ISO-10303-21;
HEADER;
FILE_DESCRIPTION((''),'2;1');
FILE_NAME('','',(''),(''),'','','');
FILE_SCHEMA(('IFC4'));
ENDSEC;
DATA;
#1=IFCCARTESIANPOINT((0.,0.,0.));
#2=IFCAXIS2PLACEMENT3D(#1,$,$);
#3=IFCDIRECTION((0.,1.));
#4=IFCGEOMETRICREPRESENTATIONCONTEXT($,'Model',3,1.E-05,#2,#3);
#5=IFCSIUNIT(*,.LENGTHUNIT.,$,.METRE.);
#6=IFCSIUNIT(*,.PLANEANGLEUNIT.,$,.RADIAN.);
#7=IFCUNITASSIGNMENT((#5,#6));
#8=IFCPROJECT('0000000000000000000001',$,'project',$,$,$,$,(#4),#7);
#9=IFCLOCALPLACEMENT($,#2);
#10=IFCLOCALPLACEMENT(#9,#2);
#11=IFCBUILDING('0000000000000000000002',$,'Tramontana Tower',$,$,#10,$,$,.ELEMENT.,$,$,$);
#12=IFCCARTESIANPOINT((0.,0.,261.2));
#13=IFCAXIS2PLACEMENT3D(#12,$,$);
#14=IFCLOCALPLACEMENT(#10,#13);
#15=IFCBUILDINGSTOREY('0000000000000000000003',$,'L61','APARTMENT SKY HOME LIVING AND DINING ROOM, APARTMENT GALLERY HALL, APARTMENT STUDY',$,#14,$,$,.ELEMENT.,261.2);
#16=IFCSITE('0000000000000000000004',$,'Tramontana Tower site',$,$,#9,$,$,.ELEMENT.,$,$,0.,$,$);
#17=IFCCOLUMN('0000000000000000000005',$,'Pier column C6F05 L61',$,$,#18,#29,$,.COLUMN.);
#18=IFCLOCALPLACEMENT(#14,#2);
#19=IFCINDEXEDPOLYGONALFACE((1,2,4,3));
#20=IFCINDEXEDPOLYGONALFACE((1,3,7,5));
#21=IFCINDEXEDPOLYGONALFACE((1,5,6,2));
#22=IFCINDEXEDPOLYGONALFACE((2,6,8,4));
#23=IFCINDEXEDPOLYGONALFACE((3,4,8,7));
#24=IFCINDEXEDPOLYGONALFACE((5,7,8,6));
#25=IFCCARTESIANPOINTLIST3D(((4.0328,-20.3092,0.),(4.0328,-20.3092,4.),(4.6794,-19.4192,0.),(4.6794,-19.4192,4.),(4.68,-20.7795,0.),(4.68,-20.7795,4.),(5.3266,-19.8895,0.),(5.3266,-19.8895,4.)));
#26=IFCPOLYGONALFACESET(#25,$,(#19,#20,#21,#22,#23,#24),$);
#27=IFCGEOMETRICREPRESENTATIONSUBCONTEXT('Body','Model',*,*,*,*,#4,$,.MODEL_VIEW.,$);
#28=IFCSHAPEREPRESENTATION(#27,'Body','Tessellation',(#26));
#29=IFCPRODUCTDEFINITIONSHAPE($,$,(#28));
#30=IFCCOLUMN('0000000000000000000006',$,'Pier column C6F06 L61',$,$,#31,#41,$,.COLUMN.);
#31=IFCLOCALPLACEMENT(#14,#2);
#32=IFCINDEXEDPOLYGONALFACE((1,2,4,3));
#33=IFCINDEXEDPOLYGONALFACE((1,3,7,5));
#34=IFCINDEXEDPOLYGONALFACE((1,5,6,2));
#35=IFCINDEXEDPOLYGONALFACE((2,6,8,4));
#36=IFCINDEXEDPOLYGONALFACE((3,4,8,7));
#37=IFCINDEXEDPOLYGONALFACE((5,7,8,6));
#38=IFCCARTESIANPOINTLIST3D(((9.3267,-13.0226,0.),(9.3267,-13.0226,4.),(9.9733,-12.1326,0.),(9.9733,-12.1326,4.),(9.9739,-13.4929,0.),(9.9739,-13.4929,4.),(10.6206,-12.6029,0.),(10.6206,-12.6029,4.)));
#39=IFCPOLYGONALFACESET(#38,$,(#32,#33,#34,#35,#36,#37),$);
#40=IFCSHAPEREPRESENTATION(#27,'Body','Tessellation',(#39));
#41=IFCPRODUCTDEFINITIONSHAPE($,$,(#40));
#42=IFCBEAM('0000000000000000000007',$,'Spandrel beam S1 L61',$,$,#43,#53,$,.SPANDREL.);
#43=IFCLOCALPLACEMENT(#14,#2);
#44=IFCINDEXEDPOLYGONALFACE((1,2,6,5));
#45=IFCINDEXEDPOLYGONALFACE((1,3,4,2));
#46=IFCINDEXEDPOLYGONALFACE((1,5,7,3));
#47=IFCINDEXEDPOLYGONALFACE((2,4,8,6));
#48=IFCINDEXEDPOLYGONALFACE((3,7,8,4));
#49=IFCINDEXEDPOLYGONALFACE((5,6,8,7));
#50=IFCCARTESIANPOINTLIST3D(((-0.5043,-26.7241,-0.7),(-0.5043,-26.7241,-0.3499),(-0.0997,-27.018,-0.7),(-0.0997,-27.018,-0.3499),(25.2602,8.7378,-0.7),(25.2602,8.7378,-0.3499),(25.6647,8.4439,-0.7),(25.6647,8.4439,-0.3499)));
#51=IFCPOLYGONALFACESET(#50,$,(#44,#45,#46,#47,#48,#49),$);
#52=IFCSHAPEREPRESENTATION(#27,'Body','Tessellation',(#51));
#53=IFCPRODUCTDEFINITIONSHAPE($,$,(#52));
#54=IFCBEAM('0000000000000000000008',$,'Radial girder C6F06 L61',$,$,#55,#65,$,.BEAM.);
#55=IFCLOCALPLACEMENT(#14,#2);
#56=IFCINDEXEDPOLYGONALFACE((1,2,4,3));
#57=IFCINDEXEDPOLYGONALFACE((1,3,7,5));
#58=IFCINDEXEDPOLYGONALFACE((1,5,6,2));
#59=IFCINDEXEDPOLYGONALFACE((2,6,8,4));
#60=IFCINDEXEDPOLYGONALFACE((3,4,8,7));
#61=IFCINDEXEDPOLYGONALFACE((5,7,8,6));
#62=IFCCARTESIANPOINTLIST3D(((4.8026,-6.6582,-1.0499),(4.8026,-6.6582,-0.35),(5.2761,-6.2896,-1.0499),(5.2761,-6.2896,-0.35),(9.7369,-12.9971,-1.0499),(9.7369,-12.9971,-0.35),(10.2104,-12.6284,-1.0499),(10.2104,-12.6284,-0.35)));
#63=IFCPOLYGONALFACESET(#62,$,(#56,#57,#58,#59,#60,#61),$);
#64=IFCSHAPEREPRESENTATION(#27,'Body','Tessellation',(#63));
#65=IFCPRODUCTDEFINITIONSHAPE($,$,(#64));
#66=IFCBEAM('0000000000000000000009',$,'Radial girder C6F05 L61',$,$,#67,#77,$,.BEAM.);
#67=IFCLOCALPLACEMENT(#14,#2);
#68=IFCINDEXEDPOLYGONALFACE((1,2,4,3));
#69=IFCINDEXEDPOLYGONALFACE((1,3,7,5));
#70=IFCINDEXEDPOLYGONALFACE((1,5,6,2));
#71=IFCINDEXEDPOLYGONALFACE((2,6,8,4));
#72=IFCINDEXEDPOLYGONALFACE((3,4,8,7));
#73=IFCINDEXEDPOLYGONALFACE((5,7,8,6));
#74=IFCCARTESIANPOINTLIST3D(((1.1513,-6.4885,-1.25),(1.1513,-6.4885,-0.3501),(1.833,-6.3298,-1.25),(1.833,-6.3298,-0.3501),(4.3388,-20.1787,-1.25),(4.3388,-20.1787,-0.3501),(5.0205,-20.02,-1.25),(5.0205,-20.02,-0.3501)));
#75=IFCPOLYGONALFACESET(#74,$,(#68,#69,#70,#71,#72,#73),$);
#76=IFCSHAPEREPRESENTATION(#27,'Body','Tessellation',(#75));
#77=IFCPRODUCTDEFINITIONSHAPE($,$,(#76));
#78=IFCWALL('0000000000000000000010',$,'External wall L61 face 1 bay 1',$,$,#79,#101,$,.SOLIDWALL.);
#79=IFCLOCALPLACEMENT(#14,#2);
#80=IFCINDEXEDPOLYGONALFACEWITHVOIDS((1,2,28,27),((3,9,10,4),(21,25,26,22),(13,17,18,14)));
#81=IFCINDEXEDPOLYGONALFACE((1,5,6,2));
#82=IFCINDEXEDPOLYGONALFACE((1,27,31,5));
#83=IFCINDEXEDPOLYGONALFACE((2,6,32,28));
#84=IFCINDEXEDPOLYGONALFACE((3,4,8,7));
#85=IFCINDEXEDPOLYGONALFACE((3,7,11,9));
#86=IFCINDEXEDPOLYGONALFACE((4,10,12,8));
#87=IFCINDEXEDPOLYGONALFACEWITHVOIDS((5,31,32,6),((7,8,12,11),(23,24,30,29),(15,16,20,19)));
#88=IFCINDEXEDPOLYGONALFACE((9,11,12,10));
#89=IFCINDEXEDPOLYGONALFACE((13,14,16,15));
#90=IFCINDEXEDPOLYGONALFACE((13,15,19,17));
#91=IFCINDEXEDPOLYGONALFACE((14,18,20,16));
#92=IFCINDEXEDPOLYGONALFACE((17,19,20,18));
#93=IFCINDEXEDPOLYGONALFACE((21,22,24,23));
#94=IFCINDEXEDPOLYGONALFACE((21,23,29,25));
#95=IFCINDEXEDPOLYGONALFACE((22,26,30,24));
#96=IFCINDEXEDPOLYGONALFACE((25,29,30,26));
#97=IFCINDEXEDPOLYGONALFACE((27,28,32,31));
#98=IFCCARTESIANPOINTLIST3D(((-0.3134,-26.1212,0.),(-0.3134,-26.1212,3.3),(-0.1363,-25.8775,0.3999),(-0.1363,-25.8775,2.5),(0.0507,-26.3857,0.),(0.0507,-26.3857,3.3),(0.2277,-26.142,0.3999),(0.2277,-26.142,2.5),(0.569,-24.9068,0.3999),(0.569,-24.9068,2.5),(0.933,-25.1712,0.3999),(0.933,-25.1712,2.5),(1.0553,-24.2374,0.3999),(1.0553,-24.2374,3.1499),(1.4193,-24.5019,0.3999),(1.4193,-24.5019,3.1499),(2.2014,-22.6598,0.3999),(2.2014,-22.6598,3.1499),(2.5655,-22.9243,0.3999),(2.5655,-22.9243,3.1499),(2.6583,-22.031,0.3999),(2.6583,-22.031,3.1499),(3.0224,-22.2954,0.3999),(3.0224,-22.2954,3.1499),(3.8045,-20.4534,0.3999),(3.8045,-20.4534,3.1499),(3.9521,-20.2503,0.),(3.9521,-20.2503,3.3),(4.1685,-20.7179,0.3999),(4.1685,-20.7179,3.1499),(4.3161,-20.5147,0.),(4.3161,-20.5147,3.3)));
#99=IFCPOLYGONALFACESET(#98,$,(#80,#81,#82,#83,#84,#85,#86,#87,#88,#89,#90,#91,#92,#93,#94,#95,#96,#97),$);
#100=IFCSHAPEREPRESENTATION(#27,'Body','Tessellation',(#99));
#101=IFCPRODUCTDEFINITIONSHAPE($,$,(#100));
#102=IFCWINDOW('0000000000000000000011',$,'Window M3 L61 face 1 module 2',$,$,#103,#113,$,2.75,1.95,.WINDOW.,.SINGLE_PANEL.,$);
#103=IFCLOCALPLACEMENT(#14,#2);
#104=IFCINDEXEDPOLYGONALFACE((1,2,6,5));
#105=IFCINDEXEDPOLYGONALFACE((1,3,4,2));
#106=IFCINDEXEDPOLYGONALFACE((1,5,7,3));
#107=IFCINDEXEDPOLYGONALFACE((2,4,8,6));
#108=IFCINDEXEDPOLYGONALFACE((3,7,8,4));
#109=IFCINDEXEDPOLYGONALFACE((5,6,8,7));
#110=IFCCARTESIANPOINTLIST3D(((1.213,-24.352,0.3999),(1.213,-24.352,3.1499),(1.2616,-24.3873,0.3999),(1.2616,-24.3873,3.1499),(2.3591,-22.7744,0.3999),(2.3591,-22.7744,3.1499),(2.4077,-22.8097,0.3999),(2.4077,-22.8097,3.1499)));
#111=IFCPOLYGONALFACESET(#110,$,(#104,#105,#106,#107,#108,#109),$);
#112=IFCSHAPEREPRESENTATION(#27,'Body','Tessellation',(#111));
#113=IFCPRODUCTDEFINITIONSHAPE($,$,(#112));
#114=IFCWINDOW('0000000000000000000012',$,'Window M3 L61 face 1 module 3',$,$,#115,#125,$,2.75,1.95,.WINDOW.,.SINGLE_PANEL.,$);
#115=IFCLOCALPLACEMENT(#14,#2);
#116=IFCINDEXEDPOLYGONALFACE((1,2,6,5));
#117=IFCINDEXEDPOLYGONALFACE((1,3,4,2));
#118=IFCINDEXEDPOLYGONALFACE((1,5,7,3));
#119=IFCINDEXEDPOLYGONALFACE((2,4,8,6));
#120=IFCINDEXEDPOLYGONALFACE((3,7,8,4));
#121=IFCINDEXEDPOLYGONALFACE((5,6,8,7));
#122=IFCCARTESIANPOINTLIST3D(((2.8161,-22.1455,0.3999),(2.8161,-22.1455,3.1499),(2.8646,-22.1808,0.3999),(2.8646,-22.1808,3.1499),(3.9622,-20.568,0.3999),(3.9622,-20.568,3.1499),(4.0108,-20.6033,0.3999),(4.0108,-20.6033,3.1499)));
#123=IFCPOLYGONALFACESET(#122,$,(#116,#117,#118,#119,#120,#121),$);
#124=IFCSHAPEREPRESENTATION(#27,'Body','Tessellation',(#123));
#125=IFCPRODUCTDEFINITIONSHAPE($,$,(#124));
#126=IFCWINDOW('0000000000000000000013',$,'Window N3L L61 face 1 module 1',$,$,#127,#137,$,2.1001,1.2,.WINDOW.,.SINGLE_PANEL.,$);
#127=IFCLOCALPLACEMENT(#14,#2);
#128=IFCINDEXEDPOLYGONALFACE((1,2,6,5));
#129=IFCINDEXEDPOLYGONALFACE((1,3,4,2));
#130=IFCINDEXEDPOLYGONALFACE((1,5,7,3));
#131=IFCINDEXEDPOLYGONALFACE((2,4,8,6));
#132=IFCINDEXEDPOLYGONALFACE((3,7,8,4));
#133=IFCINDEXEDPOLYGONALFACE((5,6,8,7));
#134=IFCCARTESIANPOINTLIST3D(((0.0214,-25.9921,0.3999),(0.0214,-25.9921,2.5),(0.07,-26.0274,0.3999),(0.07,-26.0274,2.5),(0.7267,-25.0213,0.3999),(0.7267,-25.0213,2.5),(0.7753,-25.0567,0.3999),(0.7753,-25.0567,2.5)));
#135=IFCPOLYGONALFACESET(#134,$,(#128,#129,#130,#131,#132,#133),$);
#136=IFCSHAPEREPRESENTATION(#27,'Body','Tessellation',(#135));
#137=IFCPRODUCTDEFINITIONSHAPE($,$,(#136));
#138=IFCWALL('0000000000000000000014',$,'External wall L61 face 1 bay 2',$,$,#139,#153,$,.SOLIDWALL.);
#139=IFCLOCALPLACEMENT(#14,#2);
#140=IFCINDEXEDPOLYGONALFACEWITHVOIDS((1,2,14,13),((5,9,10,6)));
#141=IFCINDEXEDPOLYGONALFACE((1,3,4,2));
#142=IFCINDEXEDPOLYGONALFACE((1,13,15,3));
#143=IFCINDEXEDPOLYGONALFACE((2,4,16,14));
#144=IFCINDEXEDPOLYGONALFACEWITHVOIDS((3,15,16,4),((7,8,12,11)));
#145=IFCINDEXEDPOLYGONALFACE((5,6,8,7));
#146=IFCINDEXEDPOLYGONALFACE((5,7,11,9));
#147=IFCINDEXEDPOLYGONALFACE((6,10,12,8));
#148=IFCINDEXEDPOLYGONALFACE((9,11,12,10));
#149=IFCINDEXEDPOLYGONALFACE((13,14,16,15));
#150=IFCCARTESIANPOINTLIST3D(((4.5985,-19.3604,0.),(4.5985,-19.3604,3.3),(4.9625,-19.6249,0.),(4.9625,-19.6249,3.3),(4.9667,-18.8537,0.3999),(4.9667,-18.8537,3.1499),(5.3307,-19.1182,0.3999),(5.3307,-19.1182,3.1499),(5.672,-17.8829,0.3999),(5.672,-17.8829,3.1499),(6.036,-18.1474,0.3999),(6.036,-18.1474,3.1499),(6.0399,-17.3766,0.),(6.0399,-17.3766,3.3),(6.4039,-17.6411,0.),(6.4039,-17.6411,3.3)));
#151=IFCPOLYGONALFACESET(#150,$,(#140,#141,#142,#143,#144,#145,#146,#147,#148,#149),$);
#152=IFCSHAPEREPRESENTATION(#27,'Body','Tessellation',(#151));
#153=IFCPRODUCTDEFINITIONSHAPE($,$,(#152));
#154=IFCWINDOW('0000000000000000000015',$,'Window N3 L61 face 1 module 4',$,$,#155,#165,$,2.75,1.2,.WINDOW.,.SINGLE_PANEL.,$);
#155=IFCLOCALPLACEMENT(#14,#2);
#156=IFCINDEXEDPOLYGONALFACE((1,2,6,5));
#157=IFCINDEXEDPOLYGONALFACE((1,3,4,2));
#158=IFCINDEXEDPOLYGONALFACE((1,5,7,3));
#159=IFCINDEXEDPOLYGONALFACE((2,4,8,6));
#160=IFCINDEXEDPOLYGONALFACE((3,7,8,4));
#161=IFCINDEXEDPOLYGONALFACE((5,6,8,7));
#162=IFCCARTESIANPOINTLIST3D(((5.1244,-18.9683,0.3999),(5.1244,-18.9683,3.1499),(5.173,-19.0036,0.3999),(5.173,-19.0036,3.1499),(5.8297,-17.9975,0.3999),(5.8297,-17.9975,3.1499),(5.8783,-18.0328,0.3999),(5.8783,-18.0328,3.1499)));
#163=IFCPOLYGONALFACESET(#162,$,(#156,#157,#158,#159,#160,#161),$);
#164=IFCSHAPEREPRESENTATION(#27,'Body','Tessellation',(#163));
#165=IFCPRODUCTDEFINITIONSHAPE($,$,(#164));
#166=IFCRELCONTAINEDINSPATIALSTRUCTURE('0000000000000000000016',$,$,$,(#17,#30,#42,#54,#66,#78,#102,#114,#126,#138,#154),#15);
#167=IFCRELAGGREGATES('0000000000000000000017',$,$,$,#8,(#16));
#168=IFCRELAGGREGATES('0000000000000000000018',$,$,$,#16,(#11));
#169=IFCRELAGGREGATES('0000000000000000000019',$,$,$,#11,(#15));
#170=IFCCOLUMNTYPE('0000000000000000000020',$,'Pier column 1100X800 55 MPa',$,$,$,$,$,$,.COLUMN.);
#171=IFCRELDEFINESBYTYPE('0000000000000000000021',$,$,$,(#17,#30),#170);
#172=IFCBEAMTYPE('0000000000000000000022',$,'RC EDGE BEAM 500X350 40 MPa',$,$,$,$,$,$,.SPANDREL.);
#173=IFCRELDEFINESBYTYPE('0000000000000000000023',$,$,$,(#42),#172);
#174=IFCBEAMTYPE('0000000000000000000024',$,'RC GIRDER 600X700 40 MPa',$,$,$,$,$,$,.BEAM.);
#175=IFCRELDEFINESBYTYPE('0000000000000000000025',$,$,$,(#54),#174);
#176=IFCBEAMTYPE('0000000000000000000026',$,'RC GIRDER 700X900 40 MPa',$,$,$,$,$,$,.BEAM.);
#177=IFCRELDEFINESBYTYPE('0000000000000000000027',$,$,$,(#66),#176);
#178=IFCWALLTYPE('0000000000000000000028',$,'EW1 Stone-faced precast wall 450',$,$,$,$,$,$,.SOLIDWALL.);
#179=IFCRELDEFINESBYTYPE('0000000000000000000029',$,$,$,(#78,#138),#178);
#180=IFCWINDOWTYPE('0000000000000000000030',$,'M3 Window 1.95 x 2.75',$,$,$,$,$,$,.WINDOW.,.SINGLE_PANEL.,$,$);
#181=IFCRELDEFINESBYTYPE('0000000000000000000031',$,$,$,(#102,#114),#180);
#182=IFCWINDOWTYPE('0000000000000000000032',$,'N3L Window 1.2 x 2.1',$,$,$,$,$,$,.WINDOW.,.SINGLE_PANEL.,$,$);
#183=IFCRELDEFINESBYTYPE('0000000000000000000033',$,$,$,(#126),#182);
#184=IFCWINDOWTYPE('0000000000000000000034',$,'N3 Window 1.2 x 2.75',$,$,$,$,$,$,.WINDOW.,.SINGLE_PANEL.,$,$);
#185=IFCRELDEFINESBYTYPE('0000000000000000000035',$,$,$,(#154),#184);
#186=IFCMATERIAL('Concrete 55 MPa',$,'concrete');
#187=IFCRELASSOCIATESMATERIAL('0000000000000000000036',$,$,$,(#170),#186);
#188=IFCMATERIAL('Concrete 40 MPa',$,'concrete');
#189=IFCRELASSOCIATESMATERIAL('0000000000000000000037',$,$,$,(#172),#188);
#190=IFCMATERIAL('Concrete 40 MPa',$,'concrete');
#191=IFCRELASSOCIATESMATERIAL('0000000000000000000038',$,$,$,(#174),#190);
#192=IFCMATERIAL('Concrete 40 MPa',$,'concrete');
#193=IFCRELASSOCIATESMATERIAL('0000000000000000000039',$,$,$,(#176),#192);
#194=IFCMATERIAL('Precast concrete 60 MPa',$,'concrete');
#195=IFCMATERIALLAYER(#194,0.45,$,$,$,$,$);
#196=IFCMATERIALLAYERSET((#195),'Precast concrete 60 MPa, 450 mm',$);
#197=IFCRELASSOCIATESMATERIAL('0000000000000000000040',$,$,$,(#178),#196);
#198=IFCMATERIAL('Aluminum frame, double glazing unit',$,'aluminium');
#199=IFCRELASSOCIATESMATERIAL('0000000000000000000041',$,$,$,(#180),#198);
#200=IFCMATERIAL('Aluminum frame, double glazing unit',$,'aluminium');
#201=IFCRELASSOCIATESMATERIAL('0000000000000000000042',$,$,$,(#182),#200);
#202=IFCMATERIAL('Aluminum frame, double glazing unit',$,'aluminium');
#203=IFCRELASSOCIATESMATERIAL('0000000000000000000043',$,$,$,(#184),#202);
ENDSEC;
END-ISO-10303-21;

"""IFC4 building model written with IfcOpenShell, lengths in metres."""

from ifc_helpers import new_model, si_unit, direction, frame, frame_2d, origin, origin_2d, place, context, subcontext, project, spatial, rectangle, extrude, material, layer, layer_set, material_profile, profile_set, type_object, element, fill, save


model = new_model("IFC4")

# Units and contexts
model_context = context("Model", 3, precision=1e-05, world=origin(), true_north=direction((0.0, 1.0)))
body_context = subcontext(model_context, "Body", "Model", "MODEL_VIEW")
ifc_project = project(units=[si_unit("LENGTHUNIT", "METRE"), si_unit("PLANEANGLEUNIT", "RADIAN")], contexts=[model_context])

# Site, building, storey
site_placement = place(None, origin())
site = spatial("IfcSite", under=ifc_project, at=site_placement, Name="Tramontana Tower site", CompositionType="ELEMENT", RefElevation=0.0)
building_placement = place(site_placement, origin())
building = spatial("IfcBuilding", under=site, at=building_placement, Name="Tramontana Tower", CompositionType="ELEMENT")
storey_placement = place(building_placement, frame((0.0, 0.0, 261.2)))
storey = spatial("IfcBuildingStorey", under=building, at=storey_placement, Name="L61", Description="APARTMENT SKY HOME LIVING AND DINING ROOM, APARTMENT GALLERY HALL, APARTMENT STUDY", CompositionType="ELEMENT", Elevation=261.2)

# Columns
ifc_material_1 = material(Name="Concrete 55 MPa", Category="concrete")
ifc_material_profile_1 = material_profile(ifc_material_1, rectangle(XDim=1.1001, YDim=0.8, at=origin_2d()), Name="Pier column 1100X800 55 MPa")
ifc_profile_set_1 = profile_set([ifc_material_profile_1], Name="Concrete 55 MPa")
column_type = type_object("IfcColumnType", Name="Pier column 1100X800 55 MPa", PredefinedType="COLUMN", material=ifc_profile_set_1)
for number, where, z_axis, x_axis, name in (
    (1, (4.6797, -20.0994, 0.0), (0.0, 0.0, 1.0), (0.587785, 0.809017, 0.0), "Pier column C6F05 L61"),
    (2, (9.9736, -12.8127, 0.0), (0.0, 0.0, 1.0), (0.587785, 0.809017, 0.0), "Pier column C6F06 L61"),
):
    element("IfcColumn", number, at=place(storey_placement, frame(where, z_axis=z_axis, x_axis=x_axis)), inside=storey, type_object=column_type, Name=name, PredefinedType="COLUMN", context=body_context, shape_type="SweptSolid", body=[
        extrude(rectangle(XDim=1.1001, YDim=0.8, at=origin_2d()), origin(), (0.0, 0.0, 1.0), 4.0),
    ])

# Beams
ifc_material_2 = material(Name="Concrete 40 MPa", Category="concrete")
ifc_material_profile_2 = material_profile(ifc_material_2, rectangle(XDim=0.5, YDim=0.3501, at=origin_2d()), Name="RC EDGE BEAM 500X350 40 MPa")
ifc_profile_set_2 = profile_set([ifc_material_profile_2], Name="Concrete 40 MPa")
beam_type_1 = type_object("IfcBeamType", Name="RC EDGE BEAM 500X350 40 MPa", PredefinedType="SPANDREL", material=ifc_profile_set_2)
beam_1_placement = place(storey_placement, frame((-0.302, -26.8711, -0.5249), z_axis=(0.587782, 0.809019, 0.0), x_axis=(-0.809019, 0.587782, 0.0)))
element("IfcBeam", 3, at=beam_1_placement, inside=storey, type_object=beam_type_1, Name="Spandrel beam S1 L61", PredefinedType="SPANDREL", context=body_context, shape_type="SweptSolid", body=[
    extrude(rectangle(XDim=0.5, YDim=0.3501, at=origin_2d()), origin(), (0.0, 0.0, 1.0), 43.8333),
])
ifc_material_3 = material(Name="Concrete 40 MPa", Category="concrete")
ifc_material_profile_3 = material_profile(ifc_material_3, rectangle(XDim=0.6001, YDim=0.7, at=origin_2d()), Name="RC GIRDER 600X700 40 MPa")
ifc_profile_set_3 = profile_set([ifc_material_profile_3], Name="Concrete 40 MPa")
beam_type_2 = type_object("IfcBeamType", Name="RC GIRDER 600X700 40 MPa", PredefinedType="BEAM", material=ifc_profile_set_3)
beam_2_placement = place(storey_placement, frame((9.9736, -12.8127, -0.7), z_axis=(-0.614258, 0.789105, 0.0), x_axis=(-0.789105, -0.614258, 0.0)))
element("IfcBeam", 4, at=beam_2_placement, inside=storey, type_object=beam_type_2, Name="Radial girder C6F06 L61", PredefinedType="BEAM", context=body_context, shape_type="SweptSolid", body=[
    extrude(rectangle(XDim=0.6001, YDim=0.7, at=origin_2d()), origin(), (0.0, 0.0, 1.0), 8.033),
])
ifc_material_4 = material(Name="Concrete 40 MPa", Category="concrete")
ifc_material_profile_4 = material_profile(ifc_material_4, rectangle(XDim=0.7, YDim=0.8999, at=origin_2d()), Name="RC GIRDER 700X900 40 MPa")
ifc_profile_set_4 = profile_set([ifc_material_profile_4], Name="Concrete 40 MPa")
beam_type_3 = type_object("IfcBeamType", Name="RC GIRDER 700X900 40 MPa", PredefinedType="BEAM", material=ifc_profile_set_4)
beam_3_placement = place(storey_placement, frame((4.6797, -20.0994, -0.8), z_axis=(-0.226766, 0.973949, 0.0), x_axis=(-0.973949, -0.226766, 0.0)))
element("IfcBeam", 5, at=beam_3_placement, inside=storey, type_object=beam_type_3, Name="Radial girder C6F05 L61", PredefinedType="BEAM", context=body_context, shape_type="SweptSolid", body=[
    extrude(rectangle(XDim=0.7, YDim=0.8999, at=origin_2d()), origin(), (0.0, 0.0, 1.0), 14.0564),
])

# Wall, openings, windows
ifc_material_5 = material(Name="Precast concrete 60 MPa", Category="concrete")
ifc_layer_1 = layer(ifc_material_5, 0.45)
ifc_layer_set_1 = layer_set([ifc_layer_1], Name="Precast concrete 60 MPa, 450 mm")
wall_type_1 = type_object("IfcWallType", Name="EW1 Stone-faced precast wall 450", PredefinedType="SOLIDWALL", material=ifc_layer_set_1)
wall_1_placement = place(storey_placement, frame((-0.1313, -26.2534, 0.0), z_axis=(0.0, 0.0, 1.0), x_axis=(0.587782, 0.80902, 0.0)))
wall_1 = element("IfcWall", 6, at=wall_1_placement, inside=storey, type_object=wall_type_1, Name="External wall L61 face 1 bay 1", PredefinedType="SOLIDWALL", context=body_context, shape_type="SweptSolid", body=[
    extrude(rectangle(XDim=7.2568, YDim=0.45, at=frame_2d((3.6284, 0.0))), origin(), (0.0, 0.0, 1.0), 3.3),
])
opening_1_placement = place(wall_1_placement, frame((0.301, 0.0, 0.3999)))
opening_1 = element("IfcOpeningElement", 7, at=opening_1_placement, cuts=wall_1, PredefinedType="OPENING", context=body_context, shape_type="SweptSolid", body=[
    extrude(rectangle(XDim=1.2, YDim=2.1001, at=frame_2d((0.6001, 1.05))), frame((0.0, 0.2349, 0.0), z_axis=(0.0, -1.0, 0.0), x_axis=(1.0, 0.0, 0.0)), (0.0, 0.0, 1.0), 0.47),
])
opening_2_placement = place(wall_1_placement, frame((2.3284, 0.0, 0.3999)))
opening_2 = element("IfcOpeningElement", 8, at=opening_2_placement, cuts=wall_1, PredefinedType="OPENING", context=body_context, shape_type="SweptSolid", body=[
    extrude(rectangle(XDim=1.95, YDim=2.75, at=frame_2d((0.9751, 1.375))), frame((0.0, 0.2349, 0.0), z_axis=(0.0, -1.0, 0.0), x_axis=(1.0, 0.0, 0.0)), (0.0, 0.0, 1.0), 0.47),
])
opening_3_placement = place(wall_1_placement, frame((5.0557, 0.0, 0.3999)))
opening_3 = element("IfcOpeningElement", 9, at=opening_3_placement, cuts=wall_1, PredefinedType="OPENING", context=body_context, shape_type="SweptSolid", body=[
    extrude(rectangle(XDim=1.95, YDim=2.75, at=frame_2d((0.9751, 1.375))), frame((0.0, 0.2349, 0.0), z_axis=(0.0, -1.0, 0.0), x_axis=(1.0, 0.0, 0.0)), (0.0, 0.0, 1.0), 0.47),
])
ifc_material_6 = material(Name="Aluminum frame, double glazing unit", Category="aluminium")
window_type_1 = type_object("IfcWindowType", Name="M3 Window 1.95 x 2.75", PartitioningType="SINGLE_PANEL", PredefinedType="WINDOW", material=ifc_material_6)
window_1_placement = place(opening_2_placement, origin())
window_1 = element("IfcWindow", 10, at=window_1_placement, inside=storey, type_object=window_type_1, Name="Window M3 L61 face 1 module 2", OverallHeight=2.75, OverallWidth=1.95, PartitioningType="SINGLE_PANEL", PredefinedType="WINDOW", context=body_context, shape_type="SweptSolid", body=[
    extrude(rectangle(XDim=1.95, YDim=2.75, at=frame_2d((0.9751, 1.375))), frame((0.0, 0.03, 0.0), z_axis=(0.0, -1.0, 0.0), x_axis=(1.0, 0.0, 0.0)), (0.0, 0.0, 1.0), 0.0601),
])
fill(opening_2, window_1)
window_2_placement = place(opening_3_placement, origin())
window_2 = element("IfcWindow", 11, at=window_2_placement, inside=storey, type_object=window_type_1, Name="Window M3 L61 face 1 module 3", OverallHeight=2.75, OverallWidth=1.95, PartitioningType="SINGLE_PANEL", PredefinedType="WINDOW", context=body_context, shape_type="SweptSolid", body=[
    extrude(rectangle(XDim=1.95, YDim=2.75, at=frame_2d((0.9751, 1.375))), frame((0.0, 0.03, 0.0), z_axis=(0.0, -1.0, 0.0), x_axis=(1.0, 0.0, 0.0)), (0.0, 0.0, 1.0), 0.0601),
])
fill(opening_3, window_2)
ifc_material_7 = material(Name="Aluminum frame, double glazing unit", Category="aluminium")
window_type_2 = type_object("IfcWindowType", Name="N3L Window 1.2 x 2.1", PartitioningType="SINGLE_PANEL", PredefinedType="WINDOW", material=ifc_material_7)
window_3_placement = place(opening_1_placement, origin())
window_3 = element("IfcWindow", 12, at=window_3_placement, inside=storey, type_object=window_type_2, Name="Window N3L L61 face 1 module 1", OverallHeight=2.1001, OverallWidth=1.2, PartitioningType="SINGLE_PANEL", PredefinedType="WINDOW", context=body_context, shape_type="SweptSolid", body=[
    extrude(rectangle(XDim=1.2, YDim=2.1001, at=frame_2d((0.6001, 1.05))), frame((0.0, 0.03, 0.0), z_axis=(0.0, -1.0, 0.0), x_axis=(1.0, 0.0, 0.0)), (0.0, 0.0, 1.0), 0.0601),
])
fill(opening_1, window_3)

# Wall, opening, window
wall_2_placement = place(storey_placement, frame((4.7805, -19.4927, 0.0), z_axis=(0.0, 0.0, 1.0), x_axis=(0.587793, 0.809012, 0.0)))
wall_2 = element("IfcWall", 13, at=wall_2_placement, inside=storey, type_object=wall_type_1, Name="External wall L61 face 1 bay 2", PredefinedType="SOLIDWALL", context=body_context, shape_type="SweptSolid", body=[
    extrude(rectangle(XDim=2.4521, YDim=0.45, at=frame_2d((1.2261, 0.0))), origin(), (0.0, 0.0, 1.0), 3.3),
])
opening_4_placement = place(wall_2_placement, frame((0.6262, 0.0, 0.3999)))
opening_4 = element("IfcOpeningElement", 14, at=opening_4_placement, cuts=wall_2, PredefinedType="OPENING", context=body_context, shape_type="SweptSolid", body=[
    extrude(rectangle(XDim=1.2, YDim=2.75, at=frame_2d((0.6001, 1.375))), frame((0.0, 0.2349, 0.0), z_axis=(0.0, -1.0, 0.0), x_axis=(1.0, 0.0, 0.0)), (0.0, 0.0, 1.0), 0.47),
])
ifc_material_8 = material(Name="Aluminum frame, double glazing unit", Category="aluminium")
window_type_3 = type_object("IfcWindowType", Name="N3 Window 1.2 x 2.75", PartitioningType="SINGLE_PANEL", PredefinedType="WINDOW", material=ifc_material_8)
window_4_placement = place(opening_4_placement, origin())
window_4 = element("IfcWindow", 15, at=window_4_placement, inside=storey, type_object=window_type_3, Name="Window N3 L61 face 1 module 4", OverallHeight=2.75, OverallWidth=1.2, PartitioningType="SINGLE_PANEL", PredefinedType="WINDOW", context=body_context, shape_type="SweptSolid", body=[
    extrude(rectangle(XDim=1.2, YDim=2.75, at=frame_2d((0.6001, 1.375))), frame((0.0, 0.03, 0.0), z_axis=(0.0, -1.0, 0.0), x_axis=(1.0, 0.0, 0.0)), (0.0, 0.0, 1.0), 0.0601),
])
fill(opening_4, window_4)

save(model, "model.ifc")
